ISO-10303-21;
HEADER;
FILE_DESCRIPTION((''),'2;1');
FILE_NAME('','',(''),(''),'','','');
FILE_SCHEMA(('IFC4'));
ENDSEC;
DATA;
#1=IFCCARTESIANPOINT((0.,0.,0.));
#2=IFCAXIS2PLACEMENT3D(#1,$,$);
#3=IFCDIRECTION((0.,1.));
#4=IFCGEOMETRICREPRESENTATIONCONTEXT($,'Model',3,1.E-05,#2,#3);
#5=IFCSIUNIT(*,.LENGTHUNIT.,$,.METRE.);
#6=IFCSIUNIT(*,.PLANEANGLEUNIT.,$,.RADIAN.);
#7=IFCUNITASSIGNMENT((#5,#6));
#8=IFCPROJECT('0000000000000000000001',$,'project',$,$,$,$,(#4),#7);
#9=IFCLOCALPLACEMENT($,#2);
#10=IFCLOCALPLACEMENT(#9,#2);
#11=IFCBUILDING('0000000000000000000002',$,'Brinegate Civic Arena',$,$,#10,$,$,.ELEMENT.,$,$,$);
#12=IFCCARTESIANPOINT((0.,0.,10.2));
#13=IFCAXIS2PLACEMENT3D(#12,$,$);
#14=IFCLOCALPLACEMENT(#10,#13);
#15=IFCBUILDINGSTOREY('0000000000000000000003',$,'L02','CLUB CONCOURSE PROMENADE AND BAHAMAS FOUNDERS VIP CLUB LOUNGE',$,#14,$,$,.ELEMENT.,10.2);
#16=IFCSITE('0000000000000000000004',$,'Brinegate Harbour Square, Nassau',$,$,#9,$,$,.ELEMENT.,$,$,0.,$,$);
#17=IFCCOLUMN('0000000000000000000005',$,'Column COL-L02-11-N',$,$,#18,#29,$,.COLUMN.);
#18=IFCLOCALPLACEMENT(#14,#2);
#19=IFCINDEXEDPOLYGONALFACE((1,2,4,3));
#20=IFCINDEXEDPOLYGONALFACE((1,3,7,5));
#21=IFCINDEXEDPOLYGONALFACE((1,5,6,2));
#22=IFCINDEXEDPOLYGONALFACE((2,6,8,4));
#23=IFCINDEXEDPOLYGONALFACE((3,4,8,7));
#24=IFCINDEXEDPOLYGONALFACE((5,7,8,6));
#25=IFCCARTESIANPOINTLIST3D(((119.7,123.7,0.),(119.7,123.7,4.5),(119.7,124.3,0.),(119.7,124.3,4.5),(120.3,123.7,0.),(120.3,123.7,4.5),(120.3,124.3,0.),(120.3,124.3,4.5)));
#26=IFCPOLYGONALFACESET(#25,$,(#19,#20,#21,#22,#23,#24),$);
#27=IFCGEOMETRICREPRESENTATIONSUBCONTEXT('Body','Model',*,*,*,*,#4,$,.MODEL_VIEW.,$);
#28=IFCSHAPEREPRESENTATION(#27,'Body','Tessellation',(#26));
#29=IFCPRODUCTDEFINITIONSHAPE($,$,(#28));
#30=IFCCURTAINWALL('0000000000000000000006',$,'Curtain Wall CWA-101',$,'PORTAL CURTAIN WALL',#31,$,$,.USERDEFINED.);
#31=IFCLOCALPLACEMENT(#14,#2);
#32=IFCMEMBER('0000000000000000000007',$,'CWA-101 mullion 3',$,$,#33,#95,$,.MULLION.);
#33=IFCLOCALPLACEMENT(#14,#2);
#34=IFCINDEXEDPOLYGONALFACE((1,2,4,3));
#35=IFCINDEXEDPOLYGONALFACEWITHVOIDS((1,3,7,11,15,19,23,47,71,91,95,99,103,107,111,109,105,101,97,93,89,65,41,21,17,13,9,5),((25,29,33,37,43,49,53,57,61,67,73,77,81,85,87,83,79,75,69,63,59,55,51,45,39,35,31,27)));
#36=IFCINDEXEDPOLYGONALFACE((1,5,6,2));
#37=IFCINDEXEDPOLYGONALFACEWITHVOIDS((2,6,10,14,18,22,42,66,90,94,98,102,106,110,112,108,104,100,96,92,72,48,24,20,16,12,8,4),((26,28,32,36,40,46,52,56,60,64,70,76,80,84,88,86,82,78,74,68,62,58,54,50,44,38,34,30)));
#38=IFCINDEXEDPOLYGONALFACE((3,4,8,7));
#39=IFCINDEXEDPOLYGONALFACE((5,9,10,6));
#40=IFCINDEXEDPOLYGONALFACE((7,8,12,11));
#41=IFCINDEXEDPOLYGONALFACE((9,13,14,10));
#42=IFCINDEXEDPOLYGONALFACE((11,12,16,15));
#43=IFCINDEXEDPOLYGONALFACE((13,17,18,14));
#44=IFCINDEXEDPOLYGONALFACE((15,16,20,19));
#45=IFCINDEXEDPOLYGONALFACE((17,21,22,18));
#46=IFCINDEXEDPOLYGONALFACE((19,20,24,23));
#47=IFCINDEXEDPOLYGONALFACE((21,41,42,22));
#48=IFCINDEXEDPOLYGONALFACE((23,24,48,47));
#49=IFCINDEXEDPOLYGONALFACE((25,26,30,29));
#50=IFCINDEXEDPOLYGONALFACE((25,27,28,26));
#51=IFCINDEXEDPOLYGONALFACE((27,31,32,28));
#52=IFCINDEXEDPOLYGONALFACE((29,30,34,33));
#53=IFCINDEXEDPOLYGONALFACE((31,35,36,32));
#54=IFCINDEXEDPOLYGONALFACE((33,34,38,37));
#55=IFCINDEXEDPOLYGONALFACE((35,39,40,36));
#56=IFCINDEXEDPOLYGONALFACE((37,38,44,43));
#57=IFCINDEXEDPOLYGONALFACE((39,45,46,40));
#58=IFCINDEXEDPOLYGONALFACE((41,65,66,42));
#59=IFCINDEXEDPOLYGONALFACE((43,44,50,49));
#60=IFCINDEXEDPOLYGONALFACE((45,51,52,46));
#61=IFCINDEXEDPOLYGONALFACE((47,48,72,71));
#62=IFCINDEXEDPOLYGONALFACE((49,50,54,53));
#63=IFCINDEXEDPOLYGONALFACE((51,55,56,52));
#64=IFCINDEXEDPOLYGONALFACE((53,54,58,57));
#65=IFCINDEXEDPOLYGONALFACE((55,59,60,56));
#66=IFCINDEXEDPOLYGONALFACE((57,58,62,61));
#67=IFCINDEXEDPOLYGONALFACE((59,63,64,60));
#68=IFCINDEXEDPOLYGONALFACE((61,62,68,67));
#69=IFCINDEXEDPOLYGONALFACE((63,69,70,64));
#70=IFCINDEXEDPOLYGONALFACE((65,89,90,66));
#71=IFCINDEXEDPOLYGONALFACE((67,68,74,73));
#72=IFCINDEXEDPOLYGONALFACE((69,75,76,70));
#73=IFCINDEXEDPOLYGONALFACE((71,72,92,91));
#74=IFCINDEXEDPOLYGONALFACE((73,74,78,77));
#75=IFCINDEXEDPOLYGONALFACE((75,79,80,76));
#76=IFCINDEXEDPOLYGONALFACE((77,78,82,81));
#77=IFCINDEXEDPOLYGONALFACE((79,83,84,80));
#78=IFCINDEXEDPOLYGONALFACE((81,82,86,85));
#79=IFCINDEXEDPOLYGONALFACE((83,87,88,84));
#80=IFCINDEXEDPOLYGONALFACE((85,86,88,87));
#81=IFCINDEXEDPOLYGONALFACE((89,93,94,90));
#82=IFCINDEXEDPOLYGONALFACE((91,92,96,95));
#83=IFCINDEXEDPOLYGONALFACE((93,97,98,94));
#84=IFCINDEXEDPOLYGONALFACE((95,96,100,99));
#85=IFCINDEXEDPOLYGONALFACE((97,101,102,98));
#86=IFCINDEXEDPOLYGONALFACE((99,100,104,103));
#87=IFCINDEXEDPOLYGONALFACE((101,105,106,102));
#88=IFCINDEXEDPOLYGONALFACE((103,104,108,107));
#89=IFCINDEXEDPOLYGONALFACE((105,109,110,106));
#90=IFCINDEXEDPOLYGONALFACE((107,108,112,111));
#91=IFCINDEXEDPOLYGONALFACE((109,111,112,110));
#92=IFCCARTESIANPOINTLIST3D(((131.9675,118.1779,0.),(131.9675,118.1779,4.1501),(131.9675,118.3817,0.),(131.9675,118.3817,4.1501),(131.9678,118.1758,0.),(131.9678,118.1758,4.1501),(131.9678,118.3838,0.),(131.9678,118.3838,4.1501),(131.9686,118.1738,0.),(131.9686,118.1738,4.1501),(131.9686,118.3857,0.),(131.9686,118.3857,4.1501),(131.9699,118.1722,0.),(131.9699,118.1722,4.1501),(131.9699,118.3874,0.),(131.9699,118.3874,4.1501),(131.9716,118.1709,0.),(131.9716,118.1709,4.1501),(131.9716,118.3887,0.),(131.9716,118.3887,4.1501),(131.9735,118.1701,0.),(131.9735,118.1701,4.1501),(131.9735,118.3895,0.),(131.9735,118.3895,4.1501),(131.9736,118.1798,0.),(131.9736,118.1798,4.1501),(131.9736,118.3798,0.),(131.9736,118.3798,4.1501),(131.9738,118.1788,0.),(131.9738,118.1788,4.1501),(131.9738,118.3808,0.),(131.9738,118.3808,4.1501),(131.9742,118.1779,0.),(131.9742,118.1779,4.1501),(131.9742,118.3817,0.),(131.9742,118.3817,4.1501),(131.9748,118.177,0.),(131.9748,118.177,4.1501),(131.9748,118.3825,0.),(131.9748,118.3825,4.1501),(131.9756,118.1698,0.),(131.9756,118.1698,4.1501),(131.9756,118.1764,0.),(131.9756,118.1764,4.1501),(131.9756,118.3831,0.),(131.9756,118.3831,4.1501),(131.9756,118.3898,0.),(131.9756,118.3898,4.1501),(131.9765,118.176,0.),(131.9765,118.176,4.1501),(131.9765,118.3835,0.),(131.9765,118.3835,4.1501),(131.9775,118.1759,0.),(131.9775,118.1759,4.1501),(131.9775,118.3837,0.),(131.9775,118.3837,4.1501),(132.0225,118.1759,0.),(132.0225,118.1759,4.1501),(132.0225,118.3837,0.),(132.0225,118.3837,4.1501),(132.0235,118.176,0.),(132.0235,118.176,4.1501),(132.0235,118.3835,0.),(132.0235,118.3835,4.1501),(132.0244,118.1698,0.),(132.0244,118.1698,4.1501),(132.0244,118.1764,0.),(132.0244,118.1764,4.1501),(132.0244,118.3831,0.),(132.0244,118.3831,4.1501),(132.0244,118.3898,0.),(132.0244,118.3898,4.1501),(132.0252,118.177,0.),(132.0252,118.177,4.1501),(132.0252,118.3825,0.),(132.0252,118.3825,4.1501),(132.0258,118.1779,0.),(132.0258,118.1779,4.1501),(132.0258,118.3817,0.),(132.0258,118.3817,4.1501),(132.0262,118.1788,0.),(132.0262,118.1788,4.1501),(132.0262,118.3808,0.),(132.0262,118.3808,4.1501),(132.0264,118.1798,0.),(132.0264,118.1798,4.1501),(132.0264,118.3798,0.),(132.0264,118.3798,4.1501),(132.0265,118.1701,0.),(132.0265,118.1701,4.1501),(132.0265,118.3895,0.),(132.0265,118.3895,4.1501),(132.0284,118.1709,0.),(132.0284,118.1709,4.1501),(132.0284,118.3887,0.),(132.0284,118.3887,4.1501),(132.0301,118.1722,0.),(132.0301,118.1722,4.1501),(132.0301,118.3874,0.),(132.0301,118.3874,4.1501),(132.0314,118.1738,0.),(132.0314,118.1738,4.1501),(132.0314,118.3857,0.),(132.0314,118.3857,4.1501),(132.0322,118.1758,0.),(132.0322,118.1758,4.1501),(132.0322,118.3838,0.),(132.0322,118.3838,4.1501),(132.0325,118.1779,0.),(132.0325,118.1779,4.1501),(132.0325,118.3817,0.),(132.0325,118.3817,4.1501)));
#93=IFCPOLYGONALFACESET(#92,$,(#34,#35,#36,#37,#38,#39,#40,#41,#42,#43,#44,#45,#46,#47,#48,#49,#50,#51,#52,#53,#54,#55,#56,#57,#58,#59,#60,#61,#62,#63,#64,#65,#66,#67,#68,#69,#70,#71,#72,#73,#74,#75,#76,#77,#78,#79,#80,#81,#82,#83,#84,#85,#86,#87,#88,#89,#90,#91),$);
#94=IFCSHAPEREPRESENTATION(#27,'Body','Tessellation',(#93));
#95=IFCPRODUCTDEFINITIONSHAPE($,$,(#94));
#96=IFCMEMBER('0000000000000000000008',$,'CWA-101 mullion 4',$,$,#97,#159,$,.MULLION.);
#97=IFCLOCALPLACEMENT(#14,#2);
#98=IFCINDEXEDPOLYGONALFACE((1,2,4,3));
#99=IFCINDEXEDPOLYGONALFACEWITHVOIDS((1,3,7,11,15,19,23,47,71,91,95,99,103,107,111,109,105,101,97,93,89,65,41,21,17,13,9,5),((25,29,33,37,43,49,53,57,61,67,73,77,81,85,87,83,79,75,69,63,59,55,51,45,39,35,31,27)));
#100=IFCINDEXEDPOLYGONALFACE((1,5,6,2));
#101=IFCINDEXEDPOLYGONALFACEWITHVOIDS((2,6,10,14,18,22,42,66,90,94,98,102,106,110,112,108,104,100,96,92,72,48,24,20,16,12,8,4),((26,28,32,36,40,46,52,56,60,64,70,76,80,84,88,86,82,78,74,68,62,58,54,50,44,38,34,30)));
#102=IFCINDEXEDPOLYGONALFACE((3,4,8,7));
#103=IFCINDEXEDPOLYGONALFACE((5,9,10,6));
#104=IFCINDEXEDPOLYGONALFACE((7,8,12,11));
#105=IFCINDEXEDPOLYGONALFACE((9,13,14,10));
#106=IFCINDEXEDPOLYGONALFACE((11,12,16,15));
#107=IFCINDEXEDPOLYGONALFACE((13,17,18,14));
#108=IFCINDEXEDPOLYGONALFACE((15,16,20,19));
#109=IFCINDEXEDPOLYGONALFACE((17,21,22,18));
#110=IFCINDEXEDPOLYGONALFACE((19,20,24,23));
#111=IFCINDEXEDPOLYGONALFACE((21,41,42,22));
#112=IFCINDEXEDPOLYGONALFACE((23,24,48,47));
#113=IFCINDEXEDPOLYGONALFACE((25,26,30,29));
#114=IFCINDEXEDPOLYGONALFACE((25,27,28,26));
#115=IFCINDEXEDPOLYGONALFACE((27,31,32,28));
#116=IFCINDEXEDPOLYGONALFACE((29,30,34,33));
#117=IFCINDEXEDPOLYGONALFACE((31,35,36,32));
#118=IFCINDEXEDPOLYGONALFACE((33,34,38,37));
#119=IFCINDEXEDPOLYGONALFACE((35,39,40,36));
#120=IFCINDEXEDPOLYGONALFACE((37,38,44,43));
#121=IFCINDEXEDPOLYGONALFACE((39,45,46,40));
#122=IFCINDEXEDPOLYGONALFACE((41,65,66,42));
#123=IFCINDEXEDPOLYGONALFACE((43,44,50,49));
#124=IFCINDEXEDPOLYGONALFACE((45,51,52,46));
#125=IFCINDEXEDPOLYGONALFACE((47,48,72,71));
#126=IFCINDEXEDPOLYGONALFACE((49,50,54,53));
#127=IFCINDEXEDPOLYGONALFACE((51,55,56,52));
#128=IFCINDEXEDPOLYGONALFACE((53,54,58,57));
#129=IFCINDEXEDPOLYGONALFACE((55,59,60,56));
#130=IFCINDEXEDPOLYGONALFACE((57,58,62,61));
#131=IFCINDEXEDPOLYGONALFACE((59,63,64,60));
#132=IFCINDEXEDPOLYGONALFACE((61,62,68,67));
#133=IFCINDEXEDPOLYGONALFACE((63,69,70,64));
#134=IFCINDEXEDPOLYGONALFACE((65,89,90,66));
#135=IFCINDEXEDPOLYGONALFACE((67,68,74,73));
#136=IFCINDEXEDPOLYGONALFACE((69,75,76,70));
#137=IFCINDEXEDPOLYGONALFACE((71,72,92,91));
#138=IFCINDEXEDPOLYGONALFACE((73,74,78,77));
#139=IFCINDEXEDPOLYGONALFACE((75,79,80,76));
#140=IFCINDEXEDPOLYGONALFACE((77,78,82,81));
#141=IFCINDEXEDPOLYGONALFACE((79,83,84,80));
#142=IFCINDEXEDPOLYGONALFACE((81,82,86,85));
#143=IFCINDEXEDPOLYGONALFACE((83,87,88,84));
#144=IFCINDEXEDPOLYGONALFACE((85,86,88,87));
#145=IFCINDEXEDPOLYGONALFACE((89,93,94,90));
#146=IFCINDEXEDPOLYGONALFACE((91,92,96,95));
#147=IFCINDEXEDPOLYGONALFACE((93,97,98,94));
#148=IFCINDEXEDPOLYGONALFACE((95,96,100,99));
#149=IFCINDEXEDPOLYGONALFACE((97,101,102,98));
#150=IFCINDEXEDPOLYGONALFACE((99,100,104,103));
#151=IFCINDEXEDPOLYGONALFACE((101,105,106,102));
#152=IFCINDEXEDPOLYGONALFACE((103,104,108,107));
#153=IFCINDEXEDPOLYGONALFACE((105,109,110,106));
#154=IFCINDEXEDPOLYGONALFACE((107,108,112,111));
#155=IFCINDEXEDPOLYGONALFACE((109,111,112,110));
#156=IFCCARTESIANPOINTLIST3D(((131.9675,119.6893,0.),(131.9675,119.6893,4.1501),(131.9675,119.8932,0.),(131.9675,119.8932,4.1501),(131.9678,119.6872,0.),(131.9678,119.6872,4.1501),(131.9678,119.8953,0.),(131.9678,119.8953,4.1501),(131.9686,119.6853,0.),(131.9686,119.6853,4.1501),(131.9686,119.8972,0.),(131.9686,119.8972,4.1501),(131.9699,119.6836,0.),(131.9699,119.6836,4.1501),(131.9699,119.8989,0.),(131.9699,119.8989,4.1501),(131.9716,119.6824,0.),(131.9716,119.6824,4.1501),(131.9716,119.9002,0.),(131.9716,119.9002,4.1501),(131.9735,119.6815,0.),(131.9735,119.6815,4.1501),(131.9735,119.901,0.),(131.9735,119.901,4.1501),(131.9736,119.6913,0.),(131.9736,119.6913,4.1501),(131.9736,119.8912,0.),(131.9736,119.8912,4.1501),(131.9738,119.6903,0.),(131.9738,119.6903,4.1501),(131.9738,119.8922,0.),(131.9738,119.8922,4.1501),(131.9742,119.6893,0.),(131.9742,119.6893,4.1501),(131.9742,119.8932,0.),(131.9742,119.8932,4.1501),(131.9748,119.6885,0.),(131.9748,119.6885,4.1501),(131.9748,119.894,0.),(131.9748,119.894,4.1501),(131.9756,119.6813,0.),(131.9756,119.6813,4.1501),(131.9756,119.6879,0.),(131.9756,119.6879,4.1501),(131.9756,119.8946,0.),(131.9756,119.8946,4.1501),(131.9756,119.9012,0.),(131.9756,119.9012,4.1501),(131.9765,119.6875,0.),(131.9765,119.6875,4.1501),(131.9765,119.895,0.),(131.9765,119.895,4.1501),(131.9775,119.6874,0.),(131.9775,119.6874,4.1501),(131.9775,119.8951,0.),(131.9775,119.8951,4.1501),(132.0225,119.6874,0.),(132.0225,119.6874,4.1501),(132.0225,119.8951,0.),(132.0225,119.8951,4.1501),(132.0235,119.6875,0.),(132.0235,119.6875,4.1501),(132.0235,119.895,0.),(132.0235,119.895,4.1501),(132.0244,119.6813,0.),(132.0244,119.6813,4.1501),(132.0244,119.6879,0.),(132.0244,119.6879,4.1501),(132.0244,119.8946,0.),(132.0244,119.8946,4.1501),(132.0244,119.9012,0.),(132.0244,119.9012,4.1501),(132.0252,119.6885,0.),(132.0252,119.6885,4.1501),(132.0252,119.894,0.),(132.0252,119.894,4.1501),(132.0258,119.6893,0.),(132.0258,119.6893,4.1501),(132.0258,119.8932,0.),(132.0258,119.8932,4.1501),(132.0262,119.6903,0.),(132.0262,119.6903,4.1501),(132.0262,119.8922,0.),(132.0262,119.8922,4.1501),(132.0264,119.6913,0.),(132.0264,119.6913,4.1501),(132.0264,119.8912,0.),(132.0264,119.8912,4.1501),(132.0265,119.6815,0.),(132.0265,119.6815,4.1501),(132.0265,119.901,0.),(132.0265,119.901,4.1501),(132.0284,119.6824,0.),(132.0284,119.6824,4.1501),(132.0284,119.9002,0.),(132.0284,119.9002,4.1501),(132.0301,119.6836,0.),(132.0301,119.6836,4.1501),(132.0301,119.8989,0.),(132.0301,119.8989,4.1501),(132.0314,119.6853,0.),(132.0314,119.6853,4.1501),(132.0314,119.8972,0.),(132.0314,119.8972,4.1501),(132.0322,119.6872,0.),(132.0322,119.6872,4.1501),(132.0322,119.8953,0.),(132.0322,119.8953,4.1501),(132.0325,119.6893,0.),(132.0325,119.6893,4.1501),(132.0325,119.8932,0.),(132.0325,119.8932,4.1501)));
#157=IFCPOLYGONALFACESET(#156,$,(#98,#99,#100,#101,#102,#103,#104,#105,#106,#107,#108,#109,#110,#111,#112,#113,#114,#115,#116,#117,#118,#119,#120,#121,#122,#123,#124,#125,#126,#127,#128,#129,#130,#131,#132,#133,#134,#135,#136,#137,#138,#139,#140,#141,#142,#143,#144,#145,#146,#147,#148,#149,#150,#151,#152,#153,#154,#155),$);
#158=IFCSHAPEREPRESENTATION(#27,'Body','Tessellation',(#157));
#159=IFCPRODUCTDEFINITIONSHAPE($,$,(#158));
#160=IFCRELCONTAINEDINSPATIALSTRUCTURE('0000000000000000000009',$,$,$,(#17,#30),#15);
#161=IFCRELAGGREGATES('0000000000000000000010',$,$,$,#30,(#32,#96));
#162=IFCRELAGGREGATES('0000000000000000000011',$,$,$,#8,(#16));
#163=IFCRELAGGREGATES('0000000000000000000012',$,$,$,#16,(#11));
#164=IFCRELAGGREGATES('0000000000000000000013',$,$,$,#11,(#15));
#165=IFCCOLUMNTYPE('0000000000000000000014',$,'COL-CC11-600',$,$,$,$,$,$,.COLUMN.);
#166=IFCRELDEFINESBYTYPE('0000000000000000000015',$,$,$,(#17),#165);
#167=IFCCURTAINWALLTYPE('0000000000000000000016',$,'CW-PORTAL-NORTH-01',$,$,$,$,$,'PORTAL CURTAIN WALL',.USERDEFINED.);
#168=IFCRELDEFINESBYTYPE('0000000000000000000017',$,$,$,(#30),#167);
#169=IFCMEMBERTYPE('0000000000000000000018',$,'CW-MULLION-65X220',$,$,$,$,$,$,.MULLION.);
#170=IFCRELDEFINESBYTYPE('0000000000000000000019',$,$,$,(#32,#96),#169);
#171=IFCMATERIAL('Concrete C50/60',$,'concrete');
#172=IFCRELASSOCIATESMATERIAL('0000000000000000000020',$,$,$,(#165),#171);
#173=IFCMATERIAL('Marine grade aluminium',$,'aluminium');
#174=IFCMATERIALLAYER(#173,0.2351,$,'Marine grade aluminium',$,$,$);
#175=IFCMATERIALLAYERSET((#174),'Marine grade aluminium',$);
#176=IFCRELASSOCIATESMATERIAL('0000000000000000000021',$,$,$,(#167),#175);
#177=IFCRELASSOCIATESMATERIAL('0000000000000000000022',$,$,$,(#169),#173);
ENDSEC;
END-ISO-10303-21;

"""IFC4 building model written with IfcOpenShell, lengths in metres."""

from ifc_helpers import new_model, si_unit, direction, frame, origin, origin_2d, place, context, subcontext, project, spatial, rectangle, hollow_rectangle, extrude, material, layer, layer_set, material_profile, profile_set, type_object, element, aggregate, save


model = new_model("IFC4")

# Units and contexts
model_context = context("Model", 3, precision=1e-05, world=origin(), true_north=direction((0.0, 1.0)))
body_context = subcontext(model_context, "Body", "Model", "MODEL_VIEW")
ifc_project = project(units=[si_unit("LENGTHUNIT", "METRE"), si_unit("PLANEANGLEUNIT", "RADIAN")], contexts=[model_context])

# Site, building, storey
site_placement = place(None, origin())
site = spatial("IfcSite", under=ifc_project, at=site_placement, Name="Brinegate Harbour Square, Nassau", CompositionType="ELEMENT", RefElevation=0.0)
building_placement = place(site_placement, origin())
building = spatial("IfcBuilding", under=site, at=building_placement, Name="Brinegate Civic Arena", CompositionType="ELEMENT")
storey_placement = place(building_placement, frame((0.0, 0.0, 10.2)))
storey = spatial("IfcBuildingStorey", under=building, at=storey_placement, Name="L02", Description="CLUB CONCOURSE PROMENADE AND BAHAMAS FOUNDERS VIP CLUB LOUNGE", CompositionType="ELEMENT", Elevation=10.2)

# Column
ifc_material_1 = material(Name="Concrete C50/60", Category="concrete")
ifc_material_profile_1 = material_profile(ifc_material_1, rectangle(XDim=0.6001, YDim=0.6001, at=origin_2d()), Name="RC600X600")
ifc_profile_set_1 = profile_set([ifc_material_profile_1], Name="Concrete C50/60")
column_type = type_object("IfcColumnType", Name="COL-CC11-600", PredefinedType="COLUMN", material=ifc_profile_set_1)
column_placement = place(storey_placement, frame((120.0, 124.0, 0.0), z_axis=(0.0, 0.0, 1.0), x_axis=(1.0, 0.0, 0.0)))
element("IfcColumn", 1, at=column_placement, inside=storey, type_object=column_type, Name="Column COL-L02-11-N", PredefinedType="COLUMN", context=body_context, shape_type="SweptSolid", body=[
    extrude(rectangle(XDim=0.6001, YDim=0.6001, at=origin_2d()), origin(), (0.0, 0.0, 1.0), 4.5),
])

# Curtain wall, members
ifc_material_2 = material(Name="Marine grade aluminium", Category="aluminium")
ifc_layer_1 = layer(ifc_material_2, 0.2351, Name="Marine grade aluminium")
ifc_layer_set_1 = layer_set([ifc_layer_1], Name="Marine grade aluminium")
curtain_wall_type = type_object("IfcCurtainWallType", Name="CW-PORTAL-NORTH-01", ElementType="PORTAL CURTAIN WALL", PredefinedType="USERDEFINED", material=ifc_layer_set_1)
curtain_wall_placement = place(storey_placement, origin())
curtain_wall = element("IfcCurtainWall", 2, at=curtain_wall_placement, inside=storey, type_object=curtain_wall_type, Name="Curtain Wall CWA-101", ObjectType="PORTAL CURTAIN WALL", PredefinedType="USERDEFINED")
ifc_material_profile_2 = material_profile(ifc_material_2, hollow_rectangle(XDim=0.0649, YDim=0.22, WallThickness=0.0061, InnerFilletRadius=0.0039, OuterFilletRadius=0.0081, at=origin_2d()), Name="MUL65X220")
ifc_profile_set_2 = profile_set([ifc_material_profile_2], Name="Marine grade aluminium")
member_type_1 = type_object("IfcMemberType", Name="CW-MULLION-65X220", PredefinedType="MULLION", material=ifc_profile_set_2)
member_1_placement = place(storey_placement, frame((132.0, 118.2798, 0.0), z_axis=(0.0, 0.0, 1.0), x_axis=(-1.0, 0.0, 0.0)))
member_1 = element("IfcMember", 3, at=member_1_placement, type_object=member_type_1, Name="CWA-101 mullion 3", PredefinedType="MULLION", context=body_context, shape_type="SweptSolid", body=[
    extrude(hollow_rectangle(XDim=0.0649, YDim=0.22, WallThickness=0.0061, InnerFilletRadius=0.0039, OuterFilletRadius=0.0081, at=origin_2d()), origin(), (0.0, 0.0, 1.0), 4.1501),
])
member_2_placement = place(storey_placement, frame((132.0, 119.7913, 0.0), z_axis=(0.0, 0.0, 1.0), x_axis=(-1.0, 0.0, 0.0)))
member_2 = element("IfcMember", 4, at=member_2_placement, type_object=member_type_1, Name="CWA-101 mullion 4", PredefinedType="MULLION", context=body_context, shape_type="SweptSolid", body=[
    extrude(hollow_rectangle(XDim=0.0649, YDim=0.22, WallThickness=0.0061, InnerFilletRadius=0.0039, OuterFilletRadius=0.0081, at=origin_2d()), origin(), (0.0, 0.0, 1.0), 4.1501),
])

aggregate(curtain_wall, [member_1, member_2])

save(model, "model.ifc")
